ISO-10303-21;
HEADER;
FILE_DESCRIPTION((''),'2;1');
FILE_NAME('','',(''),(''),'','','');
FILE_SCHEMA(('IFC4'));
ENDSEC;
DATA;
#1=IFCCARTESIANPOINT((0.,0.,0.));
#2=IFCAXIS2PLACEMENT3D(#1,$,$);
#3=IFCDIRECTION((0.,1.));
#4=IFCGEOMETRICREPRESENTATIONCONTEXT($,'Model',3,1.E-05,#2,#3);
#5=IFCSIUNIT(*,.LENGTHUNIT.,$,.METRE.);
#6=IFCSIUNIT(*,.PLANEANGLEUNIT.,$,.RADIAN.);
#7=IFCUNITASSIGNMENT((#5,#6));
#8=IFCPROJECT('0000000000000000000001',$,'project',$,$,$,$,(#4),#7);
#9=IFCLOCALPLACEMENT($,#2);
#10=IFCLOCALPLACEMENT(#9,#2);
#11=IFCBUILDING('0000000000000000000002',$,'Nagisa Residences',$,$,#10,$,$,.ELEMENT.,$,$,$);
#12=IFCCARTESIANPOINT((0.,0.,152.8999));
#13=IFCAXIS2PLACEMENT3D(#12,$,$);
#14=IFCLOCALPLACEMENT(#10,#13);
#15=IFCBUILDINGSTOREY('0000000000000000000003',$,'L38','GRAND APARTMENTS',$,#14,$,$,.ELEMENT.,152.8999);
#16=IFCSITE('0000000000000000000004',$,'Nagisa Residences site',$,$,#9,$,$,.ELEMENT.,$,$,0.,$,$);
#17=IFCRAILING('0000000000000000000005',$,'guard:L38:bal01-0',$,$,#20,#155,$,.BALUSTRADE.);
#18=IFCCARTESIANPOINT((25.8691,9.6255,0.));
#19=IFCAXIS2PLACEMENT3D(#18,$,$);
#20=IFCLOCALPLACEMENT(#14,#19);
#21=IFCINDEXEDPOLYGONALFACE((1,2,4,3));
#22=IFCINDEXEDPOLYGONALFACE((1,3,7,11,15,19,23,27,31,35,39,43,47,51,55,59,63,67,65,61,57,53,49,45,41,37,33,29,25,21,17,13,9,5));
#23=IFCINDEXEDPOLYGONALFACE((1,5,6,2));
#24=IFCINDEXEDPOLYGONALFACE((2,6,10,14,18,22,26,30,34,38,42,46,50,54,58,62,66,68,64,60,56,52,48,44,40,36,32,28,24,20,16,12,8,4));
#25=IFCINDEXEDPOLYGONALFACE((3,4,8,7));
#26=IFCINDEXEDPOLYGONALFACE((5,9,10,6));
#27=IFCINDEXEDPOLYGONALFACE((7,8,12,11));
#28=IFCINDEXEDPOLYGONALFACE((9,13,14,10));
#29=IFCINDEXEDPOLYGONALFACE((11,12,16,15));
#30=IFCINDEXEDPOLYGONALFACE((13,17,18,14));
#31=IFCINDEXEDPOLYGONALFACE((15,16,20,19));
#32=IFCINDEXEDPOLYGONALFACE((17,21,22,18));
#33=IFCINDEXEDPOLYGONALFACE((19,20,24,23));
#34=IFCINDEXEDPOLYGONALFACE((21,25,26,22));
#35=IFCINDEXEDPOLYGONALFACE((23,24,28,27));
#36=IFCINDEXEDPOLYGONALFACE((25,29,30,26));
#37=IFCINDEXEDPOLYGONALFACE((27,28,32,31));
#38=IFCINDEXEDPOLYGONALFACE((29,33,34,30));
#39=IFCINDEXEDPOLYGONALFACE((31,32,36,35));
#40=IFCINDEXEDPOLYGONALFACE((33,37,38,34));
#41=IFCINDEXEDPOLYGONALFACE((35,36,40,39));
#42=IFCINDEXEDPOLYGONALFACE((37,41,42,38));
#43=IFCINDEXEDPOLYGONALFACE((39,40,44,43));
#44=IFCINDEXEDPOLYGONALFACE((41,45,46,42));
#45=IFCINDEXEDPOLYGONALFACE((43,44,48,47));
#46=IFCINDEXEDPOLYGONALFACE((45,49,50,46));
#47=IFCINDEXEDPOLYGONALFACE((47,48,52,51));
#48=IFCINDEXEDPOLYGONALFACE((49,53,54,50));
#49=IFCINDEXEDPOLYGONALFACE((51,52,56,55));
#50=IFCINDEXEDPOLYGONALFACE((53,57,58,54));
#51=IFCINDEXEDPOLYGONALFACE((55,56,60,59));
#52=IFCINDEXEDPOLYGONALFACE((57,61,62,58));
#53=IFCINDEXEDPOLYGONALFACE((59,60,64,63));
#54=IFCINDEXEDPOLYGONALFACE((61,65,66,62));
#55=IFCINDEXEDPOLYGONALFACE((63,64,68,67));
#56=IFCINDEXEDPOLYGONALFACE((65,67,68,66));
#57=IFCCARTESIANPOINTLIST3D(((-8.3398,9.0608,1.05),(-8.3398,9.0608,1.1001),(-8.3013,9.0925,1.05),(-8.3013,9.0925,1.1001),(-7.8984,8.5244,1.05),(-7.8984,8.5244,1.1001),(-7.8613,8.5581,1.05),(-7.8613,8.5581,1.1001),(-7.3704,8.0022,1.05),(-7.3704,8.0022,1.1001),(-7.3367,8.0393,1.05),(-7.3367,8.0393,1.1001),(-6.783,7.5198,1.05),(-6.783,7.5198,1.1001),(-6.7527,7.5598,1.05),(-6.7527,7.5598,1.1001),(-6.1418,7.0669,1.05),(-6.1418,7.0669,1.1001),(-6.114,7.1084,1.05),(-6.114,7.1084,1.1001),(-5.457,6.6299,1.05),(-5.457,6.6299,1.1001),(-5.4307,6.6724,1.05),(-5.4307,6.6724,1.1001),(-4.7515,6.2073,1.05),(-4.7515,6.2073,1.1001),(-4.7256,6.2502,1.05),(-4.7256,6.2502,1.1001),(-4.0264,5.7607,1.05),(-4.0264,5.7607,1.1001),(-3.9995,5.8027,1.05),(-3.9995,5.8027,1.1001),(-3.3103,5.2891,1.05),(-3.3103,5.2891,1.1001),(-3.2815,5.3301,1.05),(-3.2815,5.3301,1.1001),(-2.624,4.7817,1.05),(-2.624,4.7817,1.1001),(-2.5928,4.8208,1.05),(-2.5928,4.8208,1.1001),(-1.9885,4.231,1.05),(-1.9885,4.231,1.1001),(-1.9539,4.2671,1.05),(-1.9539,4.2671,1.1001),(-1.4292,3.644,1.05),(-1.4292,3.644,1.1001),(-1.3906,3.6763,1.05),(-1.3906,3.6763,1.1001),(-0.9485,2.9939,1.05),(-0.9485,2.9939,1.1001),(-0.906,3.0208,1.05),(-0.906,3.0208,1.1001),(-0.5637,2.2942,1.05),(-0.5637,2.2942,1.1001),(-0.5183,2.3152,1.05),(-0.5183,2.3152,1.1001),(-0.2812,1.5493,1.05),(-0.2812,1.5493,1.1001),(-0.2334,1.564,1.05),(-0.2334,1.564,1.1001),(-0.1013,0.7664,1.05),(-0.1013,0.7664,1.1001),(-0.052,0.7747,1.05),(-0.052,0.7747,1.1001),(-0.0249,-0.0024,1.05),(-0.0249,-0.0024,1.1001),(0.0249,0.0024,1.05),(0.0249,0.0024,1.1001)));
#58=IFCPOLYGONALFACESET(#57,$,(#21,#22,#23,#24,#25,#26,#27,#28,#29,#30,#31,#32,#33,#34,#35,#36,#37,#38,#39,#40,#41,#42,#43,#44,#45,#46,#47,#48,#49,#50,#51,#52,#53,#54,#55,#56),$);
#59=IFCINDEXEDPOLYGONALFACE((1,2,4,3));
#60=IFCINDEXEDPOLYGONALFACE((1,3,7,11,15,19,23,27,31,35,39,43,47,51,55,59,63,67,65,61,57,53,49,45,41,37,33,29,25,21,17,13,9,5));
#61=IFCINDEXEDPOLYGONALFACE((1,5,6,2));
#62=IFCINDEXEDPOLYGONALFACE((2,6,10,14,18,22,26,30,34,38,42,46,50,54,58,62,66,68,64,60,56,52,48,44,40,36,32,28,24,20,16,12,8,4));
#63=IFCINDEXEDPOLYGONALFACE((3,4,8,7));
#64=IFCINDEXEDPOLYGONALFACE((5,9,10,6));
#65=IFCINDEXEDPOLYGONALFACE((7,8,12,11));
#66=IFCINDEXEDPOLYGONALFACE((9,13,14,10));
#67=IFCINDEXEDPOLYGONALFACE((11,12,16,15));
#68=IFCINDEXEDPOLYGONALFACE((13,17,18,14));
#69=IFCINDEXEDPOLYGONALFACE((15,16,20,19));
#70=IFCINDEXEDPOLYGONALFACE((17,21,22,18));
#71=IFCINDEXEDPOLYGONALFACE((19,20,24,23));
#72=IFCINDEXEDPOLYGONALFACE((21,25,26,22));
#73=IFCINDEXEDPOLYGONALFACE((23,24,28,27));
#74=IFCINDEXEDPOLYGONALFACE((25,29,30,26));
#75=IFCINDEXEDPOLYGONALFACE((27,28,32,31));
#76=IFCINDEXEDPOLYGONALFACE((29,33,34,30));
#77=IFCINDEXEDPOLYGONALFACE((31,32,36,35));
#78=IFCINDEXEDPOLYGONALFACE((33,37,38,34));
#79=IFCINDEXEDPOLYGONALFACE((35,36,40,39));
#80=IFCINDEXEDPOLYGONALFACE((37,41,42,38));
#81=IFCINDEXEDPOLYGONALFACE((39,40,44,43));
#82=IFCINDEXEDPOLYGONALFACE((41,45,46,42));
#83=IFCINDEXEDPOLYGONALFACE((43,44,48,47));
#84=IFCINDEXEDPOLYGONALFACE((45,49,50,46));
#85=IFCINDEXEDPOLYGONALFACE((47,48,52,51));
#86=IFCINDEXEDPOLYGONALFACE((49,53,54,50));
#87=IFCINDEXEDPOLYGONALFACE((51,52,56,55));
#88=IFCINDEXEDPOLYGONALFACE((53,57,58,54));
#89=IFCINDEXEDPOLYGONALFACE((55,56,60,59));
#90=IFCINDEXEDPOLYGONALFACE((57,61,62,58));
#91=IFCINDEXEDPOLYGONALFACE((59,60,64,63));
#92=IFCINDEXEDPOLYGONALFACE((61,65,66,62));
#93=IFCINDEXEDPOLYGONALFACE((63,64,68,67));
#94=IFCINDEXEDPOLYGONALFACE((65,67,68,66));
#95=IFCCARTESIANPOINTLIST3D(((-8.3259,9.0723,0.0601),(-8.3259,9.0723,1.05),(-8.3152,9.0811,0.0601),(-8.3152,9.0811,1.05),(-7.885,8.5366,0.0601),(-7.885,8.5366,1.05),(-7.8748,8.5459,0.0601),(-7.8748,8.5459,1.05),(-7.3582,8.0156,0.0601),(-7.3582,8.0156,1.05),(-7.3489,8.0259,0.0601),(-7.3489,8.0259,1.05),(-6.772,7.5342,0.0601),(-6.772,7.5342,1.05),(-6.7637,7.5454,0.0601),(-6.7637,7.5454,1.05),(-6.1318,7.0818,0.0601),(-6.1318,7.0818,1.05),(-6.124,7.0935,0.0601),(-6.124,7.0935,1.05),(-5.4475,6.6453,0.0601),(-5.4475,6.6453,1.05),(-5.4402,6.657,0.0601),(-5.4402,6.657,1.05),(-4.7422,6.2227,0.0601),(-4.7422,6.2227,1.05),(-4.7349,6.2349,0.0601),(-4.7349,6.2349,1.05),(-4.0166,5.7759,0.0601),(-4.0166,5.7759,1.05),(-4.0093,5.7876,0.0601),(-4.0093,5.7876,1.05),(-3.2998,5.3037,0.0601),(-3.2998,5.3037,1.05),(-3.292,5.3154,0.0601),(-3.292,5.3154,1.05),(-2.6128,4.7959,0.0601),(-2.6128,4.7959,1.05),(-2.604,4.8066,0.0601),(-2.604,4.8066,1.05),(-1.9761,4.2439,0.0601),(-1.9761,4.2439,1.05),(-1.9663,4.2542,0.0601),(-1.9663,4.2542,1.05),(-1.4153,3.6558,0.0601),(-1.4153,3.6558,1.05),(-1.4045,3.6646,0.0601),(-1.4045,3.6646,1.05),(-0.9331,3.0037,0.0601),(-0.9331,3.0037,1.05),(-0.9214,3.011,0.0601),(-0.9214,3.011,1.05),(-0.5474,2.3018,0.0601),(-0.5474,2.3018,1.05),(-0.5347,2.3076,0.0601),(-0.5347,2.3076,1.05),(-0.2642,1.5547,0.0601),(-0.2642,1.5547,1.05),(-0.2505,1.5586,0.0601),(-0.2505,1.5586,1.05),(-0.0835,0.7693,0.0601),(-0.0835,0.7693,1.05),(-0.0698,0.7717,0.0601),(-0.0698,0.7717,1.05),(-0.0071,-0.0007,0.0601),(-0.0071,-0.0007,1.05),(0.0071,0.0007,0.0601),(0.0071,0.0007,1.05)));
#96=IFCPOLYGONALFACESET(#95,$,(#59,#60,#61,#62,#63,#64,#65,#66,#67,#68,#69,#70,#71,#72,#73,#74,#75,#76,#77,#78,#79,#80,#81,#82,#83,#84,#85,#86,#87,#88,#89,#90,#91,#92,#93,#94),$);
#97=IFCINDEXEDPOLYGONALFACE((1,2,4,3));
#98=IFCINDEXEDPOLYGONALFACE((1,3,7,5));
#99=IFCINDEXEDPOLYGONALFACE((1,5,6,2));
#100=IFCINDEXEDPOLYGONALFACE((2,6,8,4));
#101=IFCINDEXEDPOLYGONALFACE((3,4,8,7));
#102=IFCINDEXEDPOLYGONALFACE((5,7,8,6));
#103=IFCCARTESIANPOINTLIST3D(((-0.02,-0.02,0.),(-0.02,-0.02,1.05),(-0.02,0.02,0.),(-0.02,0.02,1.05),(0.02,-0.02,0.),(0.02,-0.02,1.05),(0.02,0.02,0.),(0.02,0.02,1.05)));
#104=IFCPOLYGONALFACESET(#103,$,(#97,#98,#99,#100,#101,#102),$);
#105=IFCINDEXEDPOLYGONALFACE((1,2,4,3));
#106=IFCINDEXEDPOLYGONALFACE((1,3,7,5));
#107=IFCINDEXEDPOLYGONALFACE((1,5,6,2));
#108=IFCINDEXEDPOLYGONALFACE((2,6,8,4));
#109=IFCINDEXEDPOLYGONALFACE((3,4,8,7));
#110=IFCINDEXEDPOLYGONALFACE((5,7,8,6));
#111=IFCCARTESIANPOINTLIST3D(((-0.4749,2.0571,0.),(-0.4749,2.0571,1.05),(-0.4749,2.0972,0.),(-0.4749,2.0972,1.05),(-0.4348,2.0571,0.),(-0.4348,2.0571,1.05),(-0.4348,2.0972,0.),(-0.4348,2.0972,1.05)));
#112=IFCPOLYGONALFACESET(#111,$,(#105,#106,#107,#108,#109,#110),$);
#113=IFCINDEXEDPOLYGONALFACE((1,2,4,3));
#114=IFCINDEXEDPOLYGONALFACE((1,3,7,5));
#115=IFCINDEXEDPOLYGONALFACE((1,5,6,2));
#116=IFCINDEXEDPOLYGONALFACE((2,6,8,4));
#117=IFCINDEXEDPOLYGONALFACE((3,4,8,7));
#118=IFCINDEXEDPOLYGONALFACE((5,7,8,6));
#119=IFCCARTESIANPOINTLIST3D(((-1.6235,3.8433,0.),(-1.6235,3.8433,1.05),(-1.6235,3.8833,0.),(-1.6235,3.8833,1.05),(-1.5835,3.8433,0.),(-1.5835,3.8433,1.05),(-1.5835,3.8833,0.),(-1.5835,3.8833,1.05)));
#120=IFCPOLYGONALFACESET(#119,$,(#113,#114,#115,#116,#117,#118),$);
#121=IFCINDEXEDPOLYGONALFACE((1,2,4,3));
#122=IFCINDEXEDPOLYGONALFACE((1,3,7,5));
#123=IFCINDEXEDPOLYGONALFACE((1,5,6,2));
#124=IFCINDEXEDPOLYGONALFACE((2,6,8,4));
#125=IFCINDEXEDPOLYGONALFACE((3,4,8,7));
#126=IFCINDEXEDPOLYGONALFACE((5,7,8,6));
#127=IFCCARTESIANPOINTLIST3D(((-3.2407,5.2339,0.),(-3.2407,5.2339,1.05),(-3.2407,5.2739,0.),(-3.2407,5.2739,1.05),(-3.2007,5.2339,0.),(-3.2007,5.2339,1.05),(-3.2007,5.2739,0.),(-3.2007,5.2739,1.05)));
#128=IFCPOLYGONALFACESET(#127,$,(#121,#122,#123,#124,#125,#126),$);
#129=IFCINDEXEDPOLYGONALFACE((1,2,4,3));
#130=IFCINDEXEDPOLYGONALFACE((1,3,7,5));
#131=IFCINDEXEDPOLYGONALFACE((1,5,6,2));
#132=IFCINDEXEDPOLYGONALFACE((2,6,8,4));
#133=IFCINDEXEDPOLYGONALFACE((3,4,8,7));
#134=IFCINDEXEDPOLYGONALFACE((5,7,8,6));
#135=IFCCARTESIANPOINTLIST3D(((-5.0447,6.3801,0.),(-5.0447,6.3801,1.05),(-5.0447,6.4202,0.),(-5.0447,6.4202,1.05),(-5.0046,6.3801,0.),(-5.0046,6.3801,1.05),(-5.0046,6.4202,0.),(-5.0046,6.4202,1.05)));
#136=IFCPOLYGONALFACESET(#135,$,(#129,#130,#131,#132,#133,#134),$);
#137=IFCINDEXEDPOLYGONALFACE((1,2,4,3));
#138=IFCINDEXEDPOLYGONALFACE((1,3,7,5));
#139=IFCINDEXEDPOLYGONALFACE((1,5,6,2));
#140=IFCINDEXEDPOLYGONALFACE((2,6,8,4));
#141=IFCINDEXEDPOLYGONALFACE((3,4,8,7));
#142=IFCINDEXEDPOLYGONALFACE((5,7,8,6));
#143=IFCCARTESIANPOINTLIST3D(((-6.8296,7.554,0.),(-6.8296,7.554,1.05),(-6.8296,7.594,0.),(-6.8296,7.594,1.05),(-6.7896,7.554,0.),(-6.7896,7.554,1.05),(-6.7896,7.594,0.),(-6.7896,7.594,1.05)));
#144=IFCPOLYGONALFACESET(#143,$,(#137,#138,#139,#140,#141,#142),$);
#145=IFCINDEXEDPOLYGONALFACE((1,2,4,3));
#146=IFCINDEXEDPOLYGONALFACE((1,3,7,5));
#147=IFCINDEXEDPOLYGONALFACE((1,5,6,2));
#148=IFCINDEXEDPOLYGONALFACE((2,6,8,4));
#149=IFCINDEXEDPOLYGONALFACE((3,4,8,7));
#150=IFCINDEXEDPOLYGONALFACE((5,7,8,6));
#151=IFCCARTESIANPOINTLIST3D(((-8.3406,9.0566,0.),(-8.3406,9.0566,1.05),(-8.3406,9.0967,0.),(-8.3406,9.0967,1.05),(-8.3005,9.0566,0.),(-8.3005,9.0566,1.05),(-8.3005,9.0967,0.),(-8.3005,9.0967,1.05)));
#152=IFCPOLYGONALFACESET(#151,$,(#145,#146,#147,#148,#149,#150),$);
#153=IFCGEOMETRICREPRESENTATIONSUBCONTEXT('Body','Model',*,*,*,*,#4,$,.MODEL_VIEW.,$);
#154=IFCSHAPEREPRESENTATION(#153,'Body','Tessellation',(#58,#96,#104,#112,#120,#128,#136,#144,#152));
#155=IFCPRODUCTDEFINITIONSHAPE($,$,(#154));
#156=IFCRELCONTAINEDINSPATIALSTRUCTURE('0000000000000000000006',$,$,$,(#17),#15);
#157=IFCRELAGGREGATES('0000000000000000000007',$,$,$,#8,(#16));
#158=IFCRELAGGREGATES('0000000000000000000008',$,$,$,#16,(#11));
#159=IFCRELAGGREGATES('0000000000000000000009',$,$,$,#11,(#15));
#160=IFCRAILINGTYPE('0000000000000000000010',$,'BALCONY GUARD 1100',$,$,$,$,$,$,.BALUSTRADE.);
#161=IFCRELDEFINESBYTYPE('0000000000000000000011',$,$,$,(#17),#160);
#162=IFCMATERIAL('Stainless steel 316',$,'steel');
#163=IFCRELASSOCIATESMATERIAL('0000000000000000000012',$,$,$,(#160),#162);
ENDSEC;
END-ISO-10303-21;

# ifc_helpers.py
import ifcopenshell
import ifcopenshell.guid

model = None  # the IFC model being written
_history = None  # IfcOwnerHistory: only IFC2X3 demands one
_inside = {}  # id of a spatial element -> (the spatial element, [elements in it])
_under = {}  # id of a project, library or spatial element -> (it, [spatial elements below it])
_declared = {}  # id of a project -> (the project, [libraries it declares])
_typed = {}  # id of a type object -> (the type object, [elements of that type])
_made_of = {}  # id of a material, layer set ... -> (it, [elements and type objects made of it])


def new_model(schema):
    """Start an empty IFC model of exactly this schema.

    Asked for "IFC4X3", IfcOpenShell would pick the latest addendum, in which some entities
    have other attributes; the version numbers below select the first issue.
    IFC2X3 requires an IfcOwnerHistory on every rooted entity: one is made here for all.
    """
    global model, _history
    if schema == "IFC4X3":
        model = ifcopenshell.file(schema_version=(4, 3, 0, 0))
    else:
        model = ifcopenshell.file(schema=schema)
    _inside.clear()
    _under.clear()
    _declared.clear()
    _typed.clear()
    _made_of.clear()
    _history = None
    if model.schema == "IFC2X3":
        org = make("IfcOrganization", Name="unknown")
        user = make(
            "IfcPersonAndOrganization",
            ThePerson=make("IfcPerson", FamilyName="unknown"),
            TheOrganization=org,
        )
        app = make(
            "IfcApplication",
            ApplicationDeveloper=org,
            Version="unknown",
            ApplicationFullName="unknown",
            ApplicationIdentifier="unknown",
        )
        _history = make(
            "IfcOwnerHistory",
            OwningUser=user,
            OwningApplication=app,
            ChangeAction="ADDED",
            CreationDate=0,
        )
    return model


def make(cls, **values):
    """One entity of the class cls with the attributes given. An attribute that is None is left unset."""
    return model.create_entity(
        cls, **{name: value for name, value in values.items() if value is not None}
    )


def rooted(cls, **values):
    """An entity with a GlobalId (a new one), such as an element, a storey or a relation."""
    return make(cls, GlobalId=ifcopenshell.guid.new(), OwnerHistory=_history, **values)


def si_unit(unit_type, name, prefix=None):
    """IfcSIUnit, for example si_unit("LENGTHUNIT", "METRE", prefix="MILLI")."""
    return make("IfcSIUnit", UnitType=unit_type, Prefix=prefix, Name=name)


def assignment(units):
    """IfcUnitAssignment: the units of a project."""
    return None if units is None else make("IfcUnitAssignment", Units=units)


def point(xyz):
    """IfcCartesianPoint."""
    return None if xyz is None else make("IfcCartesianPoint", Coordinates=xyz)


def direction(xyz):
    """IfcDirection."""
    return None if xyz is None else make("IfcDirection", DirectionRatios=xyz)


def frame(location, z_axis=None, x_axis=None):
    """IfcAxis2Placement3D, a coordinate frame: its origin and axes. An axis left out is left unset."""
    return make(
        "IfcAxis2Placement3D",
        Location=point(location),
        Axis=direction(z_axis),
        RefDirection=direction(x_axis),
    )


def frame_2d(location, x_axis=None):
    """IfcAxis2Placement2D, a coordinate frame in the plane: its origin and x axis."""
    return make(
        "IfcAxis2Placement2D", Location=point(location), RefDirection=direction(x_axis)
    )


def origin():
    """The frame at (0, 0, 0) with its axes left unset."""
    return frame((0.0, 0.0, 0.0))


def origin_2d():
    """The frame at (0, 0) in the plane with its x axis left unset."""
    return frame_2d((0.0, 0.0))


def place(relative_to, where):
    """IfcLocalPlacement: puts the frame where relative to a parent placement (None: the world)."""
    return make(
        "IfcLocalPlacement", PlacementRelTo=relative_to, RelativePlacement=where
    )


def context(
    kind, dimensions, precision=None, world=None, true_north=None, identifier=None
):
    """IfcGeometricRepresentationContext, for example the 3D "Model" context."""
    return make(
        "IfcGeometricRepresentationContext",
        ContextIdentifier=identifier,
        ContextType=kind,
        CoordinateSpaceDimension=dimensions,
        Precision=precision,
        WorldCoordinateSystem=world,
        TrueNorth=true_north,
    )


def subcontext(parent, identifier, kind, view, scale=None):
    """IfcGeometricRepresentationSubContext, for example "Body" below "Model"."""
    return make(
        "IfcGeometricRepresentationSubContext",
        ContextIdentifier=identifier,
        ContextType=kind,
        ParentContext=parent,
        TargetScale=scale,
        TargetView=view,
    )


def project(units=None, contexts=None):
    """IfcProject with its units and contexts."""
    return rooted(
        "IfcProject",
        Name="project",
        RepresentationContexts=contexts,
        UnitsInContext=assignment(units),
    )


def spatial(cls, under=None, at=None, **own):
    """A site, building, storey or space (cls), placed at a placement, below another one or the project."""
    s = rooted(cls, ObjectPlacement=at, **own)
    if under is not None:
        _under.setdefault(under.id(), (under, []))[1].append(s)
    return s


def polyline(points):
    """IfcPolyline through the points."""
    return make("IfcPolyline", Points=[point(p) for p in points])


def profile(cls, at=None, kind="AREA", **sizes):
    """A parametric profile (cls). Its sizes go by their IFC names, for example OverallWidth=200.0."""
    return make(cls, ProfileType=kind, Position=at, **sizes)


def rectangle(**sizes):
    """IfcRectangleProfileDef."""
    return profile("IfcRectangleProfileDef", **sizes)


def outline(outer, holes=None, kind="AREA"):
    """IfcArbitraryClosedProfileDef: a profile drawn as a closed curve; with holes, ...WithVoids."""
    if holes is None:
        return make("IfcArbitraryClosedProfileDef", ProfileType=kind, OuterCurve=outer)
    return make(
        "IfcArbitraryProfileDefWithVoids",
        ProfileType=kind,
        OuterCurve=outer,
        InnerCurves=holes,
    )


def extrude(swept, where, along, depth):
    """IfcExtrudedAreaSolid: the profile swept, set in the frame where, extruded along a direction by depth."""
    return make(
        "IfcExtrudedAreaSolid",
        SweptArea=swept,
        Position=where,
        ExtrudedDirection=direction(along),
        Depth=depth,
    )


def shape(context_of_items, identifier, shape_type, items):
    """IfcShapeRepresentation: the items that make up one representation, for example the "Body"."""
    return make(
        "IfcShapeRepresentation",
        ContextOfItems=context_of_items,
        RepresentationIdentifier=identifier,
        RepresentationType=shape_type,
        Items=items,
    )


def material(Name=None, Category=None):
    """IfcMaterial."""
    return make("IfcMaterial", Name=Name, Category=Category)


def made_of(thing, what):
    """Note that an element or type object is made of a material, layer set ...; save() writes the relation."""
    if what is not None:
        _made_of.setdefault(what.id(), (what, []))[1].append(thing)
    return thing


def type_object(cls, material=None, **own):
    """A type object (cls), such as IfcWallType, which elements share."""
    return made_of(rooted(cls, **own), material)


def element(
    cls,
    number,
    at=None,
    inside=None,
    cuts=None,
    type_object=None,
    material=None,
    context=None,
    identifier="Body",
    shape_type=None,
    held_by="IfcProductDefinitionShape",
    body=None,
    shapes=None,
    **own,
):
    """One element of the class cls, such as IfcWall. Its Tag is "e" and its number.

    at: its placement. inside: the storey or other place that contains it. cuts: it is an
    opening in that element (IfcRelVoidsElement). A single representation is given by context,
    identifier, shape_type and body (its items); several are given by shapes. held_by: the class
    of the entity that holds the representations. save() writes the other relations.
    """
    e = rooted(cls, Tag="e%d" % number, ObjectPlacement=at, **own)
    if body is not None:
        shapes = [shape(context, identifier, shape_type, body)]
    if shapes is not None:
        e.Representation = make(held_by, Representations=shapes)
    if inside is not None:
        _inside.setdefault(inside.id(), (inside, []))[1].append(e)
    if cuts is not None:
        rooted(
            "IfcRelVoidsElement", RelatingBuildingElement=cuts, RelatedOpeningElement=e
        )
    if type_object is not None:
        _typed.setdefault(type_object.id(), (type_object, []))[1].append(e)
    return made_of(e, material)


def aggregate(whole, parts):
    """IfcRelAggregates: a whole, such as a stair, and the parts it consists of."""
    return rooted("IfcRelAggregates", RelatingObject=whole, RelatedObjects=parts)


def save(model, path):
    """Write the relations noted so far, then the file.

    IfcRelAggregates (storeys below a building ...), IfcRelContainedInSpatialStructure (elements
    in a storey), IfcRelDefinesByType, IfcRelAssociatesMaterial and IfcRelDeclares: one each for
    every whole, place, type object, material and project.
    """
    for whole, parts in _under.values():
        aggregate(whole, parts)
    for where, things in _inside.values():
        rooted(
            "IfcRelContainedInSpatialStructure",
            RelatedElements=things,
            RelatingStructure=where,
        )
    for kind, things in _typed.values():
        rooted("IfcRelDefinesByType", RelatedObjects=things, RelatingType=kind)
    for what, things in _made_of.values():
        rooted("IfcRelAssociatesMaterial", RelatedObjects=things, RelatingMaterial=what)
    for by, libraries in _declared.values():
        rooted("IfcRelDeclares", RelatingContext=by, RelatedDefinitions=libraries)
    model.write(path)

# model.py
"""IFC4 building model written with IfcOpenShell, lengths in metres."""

from ifc_helpers import new_model, si_unit, direction, frame, origin, origin_2d, place, context, subcontext, project, spatial, polyline, rectangle, outline, extrude, material, type_object, element, save


model = new_model("IFC4")

# Units and contexts
model_context = context("Model", 3, precision=1e-05, world=origin(), true_north=direction((0.0, 1.0)))
body_context = subcontext(model_context, "Body", "Model", "MODEL_VIEW")
ifc_project = project(units=[si_unit("LENGTHUNIT", "METRE"), si_unit("PLANEANGLEUNIT", "RADIAN")], contexts=[model_context])

# Site, building, storey
site_placement = place(None, origin())
site = spatial("IfcSite", under=ifc_project, at=site_placement, Name="Nagisa Residences site", CompositionType="ELEMENT", RefElevation=0.0)
building_placement = place(site_placement, origin())
building = spatial("IfcBuilding", under=site, at=building_placement, Name="Nagisa Residences", CompositionType="ELEMENT")
storey_placement = place(building_placement, frame((0.0, 0.0, 152.8999)))
storey = spatial("IfcBuildingStorey", under=building, at=storey_placement, Name="L38", Description="GRAND APARTMENTS", CompositionType="ELEMENT", Elevation=152.8999)

# Railing
ifc_material_1 = material(Name="Stainless steel 316", Category="steel")
railing_type = type_object("IfcRailingType", Name="BALCONY GUARD 1100", PredefinedType="BALUSTRADE", material=ifc_material_1)
railing_1_placement = place(storey_placement, frame((25.8691, 9.6255, 0.0)))
element("IfcRailing", 1, at=railing_1_placement, inside=storey, type_object=railing_type, Name="guard:L38:bal01-0", PredefinedType="BALUSTRADE", context=body_context, shape_type="SweptSolid", body=[
    extrude(outline(polyline([(-0.1013, 0.7664), (-0.0249, -0.0024), (0.0249, 0.0024), (-0.052, 0.7747), (-0.2334, 1.564), (-0.5183, 2.3152), (-0.906, 3.0208), (-1.3906, 3.6763), (-1.9539, 4.2671), (-2.5928, 4.8208), (-3.2815, 5.3301), (-3.9995, 5.8027), (-4.7256, 6.2502), (-5.4307, 6.6724), (-6.114, 7.1084), (-6.7527, 7.5598), (-7.3367, 8.0393), (-7.8613, 8.5581), (-8.3013, 9.0925), (-8.3398, 9.0608), (-7.8984, 8.5244), (-7.3704, 8.0022), (-6.783, 7.5198), (-6.1418, 7.0669), (-5.457, 6.6299), (-4.7515, 6.2073), (-4.0264, 5.7607), (-3.3103, 5.2891), (-2.624, 4.7817), (-1.9885, 4.231), (-1.4292, 3.644), (-0.9485, 2.9939), (-0.5637, 2.2942), (-0.2812, 1.5493), (-0.1013, 0.7664)])), frame((0.0, 0.0, 1.05)), (0.0, 0.0, 1.0), 0.05),
    extrude(outline(polyline([(-0.0835, 0.7693), (-0.0071, -0.0007), (0.0071, 0.0007), (-0.0698, 0.7717), (-0.2505, 1.5586), (-0.5347, 2.3076), (-0.9214, 3.011), (-1.4045, 3.6646), (-1.9663, 4.2542), (-2.604, 4.8066), (-3.292, 5.3154), (-4.0093, 5.7876), (-4.7349, 6.2349), (-5.4402, 6.657), (-6.124, 7.0935), (-6.7637, 7.5454), (-7.3489, 8.0259), (-7.8748, 8.5459), (-8.3152, 9.0811), (-8.3259, 9.0723), (-7.885, 8.5366), (-7.3582, 8.0156), (-6.772, 7.5342), (-6.1318, 7.0818), (-5.4475, 6.6453), (-4.7422, 6.2227), (-4.0166, 5.7759), (-3.2998, 5.3037), (-2.6128, 4.7959), (-1.9761, 4.2439), (-1.4153, 3.6558), (-0.9331, 3.0037), (-0.5474, 2.3018), (-0.2642, 1.5547), (-0.0835, 0.7693)])), frame((0.0, 0.0, 0.0601)), (0.0, 0.0, 1.0), 0.99),
    extrude(rectangle(XDim=0.04, YDim=0.04, at=origin_2d()), origin(), (0.0, 0.0, 1.0), 1.05),
    extrude(rectangle(XDim=0.04, YDim=0.04, at=origin_2d()), frame((-0.4548, 2.0771, 0.0)), (0.0, 0.0, 1.0), 1.05),
    extrude(rectangle(XDim=0.04, YDim=0.04, at=origin_2d()), frame((-1.6035, 3.8633, 0.0)), (0.0, 0.0, 1.0), 1.05),
    extrude(rectangle(XDim=0.04, YDim=0.04, at=origin_2d()), frame((-3.2207, 5.2539, 0.0)), (0.0, 0.0, 1.0), 1.05),
    extrude(rectangle(XDim=0.04, YDim=0.04, at=origin_2d()), frame((-5.0247, 6.4001, 0.0)), (0.0, 0.0, 1.0), 1.05),
    extrude(rectangle(XDim=0.04, YDim=0.04, at=origin_2d()), frame((-6.8096, 7.574, 0.0)), (0.0, 0.0, 1.0), 1.05),
    extrude(rectangle(XDim=0.04, YDim=0.04, at=origin_2d()), frame((-8.3206, 9.0767, 0.0)), (0.0, 0.0, 1.0), 1.05),
])

save(model, "model.ifc")
